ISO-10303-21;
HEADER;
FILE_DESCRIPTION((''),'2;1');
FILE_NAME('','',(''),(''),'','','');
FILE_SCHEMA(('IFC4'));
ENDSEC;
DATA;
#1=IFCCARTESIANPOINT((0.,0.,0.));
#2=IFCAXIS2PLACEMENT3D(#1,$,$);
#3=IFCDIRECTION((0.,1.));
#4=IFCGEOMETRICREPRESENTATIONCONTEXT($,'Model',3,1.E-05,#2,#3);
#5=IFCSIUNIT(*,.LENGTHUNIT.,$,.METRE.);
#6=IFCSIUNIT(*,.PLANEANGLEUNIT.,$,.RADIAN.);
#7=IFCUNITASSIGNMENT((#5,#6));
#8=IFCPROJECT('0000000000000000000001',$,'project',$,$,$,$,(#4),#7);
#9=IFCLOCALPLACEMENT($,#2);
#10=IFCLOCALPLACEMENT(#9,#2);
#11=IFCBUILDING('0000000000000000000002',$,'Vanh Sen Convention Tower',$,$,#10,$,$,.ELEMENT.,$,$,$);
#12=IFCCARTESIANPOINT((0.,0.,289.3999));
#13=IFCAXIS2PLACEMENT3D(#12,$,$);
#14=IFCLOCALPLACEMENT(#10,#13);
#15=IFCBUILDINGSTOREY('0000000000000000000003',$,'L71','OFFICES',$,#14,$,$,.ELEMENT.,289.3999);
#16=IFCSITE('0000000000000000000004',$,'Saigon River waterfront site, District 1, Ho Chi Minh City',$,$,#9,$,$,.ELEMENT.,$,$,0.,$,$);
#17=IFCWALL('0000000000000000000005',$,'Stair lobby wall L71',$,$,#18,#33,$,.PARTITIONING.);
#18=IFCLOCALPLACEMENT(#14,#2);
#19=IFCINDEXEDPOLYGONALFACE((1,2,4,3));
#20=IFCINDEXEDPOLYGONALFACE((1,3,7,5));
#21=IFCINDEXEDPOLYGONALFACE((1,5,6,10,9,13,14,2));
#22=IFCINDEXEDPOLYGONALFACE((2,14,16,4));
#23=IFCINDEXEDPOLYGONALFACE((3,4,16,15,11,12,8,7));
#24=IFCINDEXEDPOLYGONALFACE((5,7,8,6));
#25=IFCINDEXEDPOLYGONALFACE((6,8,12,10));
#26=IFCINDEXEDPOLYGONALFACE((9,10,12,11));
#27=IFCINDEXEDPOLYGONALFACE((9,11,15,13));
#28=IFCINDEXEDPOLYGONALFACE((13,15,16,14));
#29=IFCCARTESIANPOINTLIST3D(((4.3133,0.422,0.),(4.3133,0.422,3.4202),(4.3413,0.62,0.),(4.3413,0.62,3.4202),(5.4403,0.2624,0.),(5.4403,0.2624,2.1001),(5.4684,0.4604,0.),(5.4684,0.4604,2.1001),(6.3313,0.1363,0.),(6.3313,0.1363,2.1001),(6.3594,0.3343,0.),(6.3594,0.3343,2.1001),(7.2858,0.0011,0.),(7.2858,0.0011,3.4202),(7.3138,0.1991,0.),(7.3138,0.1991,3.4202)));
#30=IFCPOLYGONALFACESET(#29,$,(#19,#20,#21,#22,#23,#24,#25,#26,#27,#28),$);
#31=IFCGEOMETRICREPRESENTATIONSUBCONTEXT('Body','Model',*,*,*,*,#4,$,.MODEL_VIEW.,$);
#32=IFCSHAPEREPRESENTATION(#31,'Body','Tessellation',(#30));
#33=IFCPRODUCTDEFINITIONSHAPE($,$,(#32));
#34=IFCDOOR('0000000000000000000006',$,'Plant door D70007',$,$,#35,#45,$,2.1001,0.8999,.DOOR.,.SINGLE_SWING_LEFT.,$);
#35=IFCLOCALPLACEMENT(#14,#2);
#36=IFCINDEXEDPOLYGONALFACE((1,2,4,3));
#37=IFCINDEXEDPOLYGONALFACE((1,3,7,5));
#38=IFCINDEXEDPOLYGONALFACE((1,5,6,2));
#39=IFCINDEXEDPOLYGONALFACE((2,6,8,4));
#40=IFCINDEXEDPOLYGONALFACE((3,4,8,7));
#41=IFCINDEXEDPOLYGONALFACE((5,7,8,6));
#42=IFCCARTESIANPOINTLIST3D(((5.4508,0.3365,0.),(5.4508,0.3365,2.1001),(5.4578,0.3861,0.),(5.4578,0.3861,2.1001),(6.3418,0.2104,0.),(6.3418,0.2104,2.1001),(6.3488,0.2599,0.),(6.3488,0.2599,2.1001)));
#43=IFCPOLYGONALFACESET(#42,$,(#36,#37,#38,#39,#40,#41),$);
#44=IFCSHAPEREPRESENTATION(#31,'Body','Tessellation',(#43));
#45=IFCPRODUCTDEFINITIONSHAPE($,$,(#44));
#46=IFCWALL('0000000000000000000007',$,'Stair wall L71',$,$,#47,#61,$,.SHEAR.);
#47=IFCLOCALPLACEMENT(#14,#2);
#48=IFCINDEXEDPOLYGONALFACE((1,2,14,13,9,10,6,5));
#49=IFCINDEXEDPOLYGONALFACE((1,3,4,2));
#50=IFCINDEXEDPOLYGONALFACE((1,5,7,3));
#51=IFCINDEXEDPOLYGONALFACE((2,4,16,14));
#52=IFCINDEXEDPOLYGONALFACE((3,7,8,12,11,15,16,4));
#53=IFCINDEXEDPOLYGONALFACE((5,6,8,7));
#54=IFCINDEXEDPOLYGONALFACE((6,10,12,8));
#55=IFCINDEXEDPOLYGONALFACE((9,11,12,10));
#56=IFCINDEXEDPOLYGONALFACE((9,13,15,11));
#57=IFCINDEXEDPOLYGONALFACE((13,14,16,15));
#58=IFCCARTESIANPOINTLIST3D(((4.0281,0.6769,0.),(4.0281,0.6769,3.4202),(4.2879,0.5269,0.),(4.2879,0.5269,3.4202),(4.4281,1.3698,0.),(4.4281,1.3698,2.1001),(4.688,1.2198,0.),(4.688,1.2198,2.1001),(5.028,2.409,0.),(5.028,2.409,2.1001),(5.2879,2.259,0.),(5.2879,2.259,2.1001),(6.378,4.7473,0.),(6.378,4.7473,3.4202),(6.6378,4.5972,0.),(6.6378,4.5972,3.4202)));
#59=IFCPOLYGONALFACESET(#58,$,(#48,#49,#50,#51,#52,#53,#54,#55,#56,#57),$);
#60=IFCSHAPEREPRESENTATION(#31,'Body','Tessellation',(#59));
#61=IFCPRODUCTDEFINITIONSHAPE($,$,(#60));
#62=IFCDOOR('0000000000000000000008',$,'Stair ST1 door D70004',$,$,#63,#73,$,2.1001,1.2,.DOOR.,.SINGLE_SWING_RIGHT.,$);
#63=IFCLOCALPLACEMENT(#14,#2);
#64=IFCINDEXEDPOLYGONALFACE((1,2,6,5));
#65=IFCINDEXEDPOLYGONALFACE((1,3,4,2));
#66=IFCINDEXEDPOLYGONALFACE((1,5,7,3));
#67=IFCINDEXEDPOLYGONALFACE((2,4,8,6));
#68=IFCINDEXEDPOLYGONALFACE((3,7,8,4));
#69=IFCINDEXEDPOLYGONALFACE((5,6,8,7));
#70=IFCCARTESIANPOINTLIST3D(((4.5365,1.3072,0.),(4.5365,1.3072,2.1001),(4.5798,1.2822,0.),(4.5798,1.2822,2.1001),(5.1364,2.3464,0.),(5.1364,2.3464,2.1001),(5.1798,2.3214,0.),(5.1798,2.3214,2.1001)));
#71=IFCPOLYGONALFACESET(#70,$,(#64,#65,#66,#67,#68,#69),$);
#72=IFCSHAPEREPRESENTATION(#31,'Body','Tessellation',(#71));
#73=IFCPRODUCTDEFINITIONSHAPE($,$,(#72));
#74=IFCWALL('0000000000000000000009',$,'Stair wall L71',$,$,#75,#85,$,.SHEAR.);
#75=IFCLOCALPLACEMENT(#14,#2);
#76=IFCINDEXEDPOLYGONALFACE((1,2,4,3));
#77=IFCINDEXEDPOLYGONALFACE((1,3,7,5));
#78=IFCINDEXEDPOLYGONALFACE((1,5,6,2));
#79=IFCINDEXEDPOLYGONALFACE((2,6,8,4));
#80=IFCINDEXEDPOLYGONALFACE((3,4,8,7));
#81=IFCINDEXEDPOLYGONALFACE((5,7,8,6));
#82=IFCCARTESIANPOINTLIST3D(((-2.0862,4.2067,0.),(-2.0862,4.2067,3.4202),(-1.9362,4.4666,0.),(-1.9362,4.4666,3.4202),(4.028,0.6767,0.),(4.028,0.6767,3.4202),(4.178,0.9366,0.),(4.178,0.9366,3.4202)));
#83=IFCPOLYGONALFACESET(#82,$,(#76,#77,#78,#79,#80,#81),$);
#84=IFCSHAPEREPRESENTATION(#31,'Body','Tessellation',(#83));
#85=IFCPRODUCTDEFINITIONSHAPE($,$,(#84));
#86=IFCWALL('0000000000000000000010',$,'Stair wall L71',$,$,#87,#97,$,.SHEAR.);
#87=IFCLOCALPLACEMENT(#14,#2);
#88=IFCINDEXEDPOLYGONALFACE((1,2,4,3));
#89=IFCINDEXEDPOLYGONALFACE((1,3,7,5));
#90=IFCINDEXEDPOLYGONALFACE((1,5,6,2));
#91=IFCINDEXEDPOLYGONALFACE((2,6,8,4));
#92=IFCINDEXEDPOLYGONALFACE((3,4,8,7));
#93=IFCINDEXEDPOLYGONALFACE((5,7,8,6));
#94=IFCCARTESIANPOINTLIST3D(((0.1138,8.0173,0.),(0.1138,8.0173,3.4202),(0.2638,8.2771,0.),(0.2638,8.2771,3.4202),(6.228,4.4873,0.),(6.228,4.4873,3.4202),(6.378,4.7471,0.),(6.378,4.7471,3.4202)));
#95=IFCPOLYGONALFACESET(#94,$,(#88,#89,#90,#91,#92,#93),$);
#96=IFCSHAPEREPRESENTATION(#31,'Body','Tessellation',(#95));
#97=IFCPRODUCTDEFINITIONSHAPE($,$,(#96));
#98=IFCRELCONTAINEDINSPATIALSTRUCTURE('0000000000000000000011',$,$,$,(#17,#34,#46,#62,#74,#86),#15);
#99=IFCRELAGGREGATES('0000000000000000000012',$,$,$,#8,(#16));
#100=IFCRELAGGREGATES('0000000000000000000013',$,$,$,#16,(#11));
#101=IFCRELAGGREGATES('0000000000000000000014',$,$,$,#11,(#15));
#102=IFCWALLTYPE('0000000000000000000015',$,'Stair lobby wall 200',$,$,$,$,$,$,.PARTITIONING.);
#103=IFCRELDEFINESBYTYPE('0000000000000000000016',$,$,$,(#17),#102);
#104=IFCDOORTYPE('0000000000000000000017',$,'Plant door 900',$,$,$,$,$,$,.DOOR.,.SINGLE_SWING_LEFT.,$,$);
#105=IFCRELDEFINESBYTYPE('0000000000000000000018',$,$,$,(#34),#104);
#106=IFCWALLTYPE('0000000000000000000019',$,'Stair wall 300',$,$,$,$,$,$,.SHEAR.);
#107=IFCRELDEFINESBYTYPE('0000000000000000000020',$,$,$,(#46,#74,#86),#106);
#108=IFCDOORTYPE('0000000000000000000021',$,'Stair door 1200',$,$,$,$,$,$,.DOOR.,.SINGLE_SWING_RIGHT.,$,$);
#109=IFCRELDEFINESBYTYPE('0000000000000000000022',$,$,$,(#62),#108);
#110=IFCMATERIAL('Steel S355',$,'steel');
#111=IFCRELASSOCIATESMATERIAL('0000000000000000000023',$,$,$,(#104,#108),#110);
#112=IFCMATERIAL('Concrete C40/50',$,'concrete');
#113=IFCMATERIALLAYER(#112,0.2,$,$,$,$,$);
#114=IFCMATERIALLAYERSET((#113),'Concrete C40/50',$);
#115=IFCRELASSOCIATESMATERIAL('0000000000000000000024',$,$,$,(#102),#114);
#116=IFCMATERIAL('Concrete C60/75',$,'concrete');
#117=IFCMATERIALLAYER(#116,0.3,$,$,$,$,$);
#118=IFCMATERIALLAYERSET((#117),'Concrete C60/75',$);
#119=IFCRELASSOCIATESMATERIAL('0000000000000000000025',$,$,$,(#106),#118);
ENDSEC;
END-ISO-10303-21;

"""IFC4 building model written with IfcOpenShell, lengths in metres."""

from ifc_helpers import new_model, si_unit, direction, frame, frame_2d, origin, place, context, subcontext, project, spatial, rectangle, extrude, material, layer, layer_set, type_object, element, fill, save


model = new_model("IFC4")

# Units and contexts
model_context = context("Model", 3, precision=1e-05, world=origin(), true_north=direction((0.0, 1.0)))
body_context = subcontext(model_context, "Body", "Model", "MODEL_VIEW")
ifc_project = project(units=[si_unit("LENGTHUNIT", "METRE"), si_unit("PLANEANGLEUNIT", "RADIAN")], contexts=[model_context])

# Site, building, storey
site_placement = place(None, origin())
site = spatial("IfcSite", under=ifc_project, at=site_placement, Name="Saigon River waterfront site, District 1, Ho Chi Minh City", CompositionType="ELEMENT", RefElevation=0.0)
building_placement = place(site_placement, origin())
building = spatial("IfcBuilding", under=site, at=building_placement, Name="Vanh Sen Convention Tower", CompositionType="ELEMENT")
storey_placement = place(building_placement, frame((0.0, 0.0, 289.3999)))
storey = spatial("IfcBuildingStorey", under=building, at=storey_placement, Name="L71", Description="OFFICES", CompositionType="ELEMENT", Elevation=289.3999)

# Shared definitions
ifc_material_1 = material(Name="Concrete C40/50", Category="concrete")

# Shared definitions
ifc_material_2 = material(Name="Concrete C60/75", Category="concrete")
ifc_material_3 = material(Name="Steel S355", Category="steel")
door_type_1 = type_object("IfcDoorType", Name="Plant door 900", OperationType="SINGLE_SWING_LEFT", PredefinedType="DOOR", material=ifc_material_3)

# Walls, openings, doors
ifc_layer_1 = layer(ifc_material_1, 0.2)
ifc_layer_set_1 = layer_set([ifc_layer_1], Name="Concrete C40/50")
wall_type_1 = type_object("IfcWallType", Name="Stair lobby wall 200", PredefinedType="PARTITIONING", material=ifc_layer_set_1)
wall_1_placement = place(storey_placement, frame((4.3274, 0.521, 0.0), z_axis=(0.0, 0.0, 1.0), x_axis=(0.990124, -0.140192, 0.0)))
wall_1 = element("IfcWall", 1, at=wall_1_placement, inside=storey, type_object=wall_type_1, Name="Stair lobby wall L71", PredefinedType="PARTITIONING", context=body_context, shape_type="SweptSolid", body=[
    extrude(rectangle(XDim=3.0022, YDim=0.2, at=frame_2d((1.501, 0.0))), origin(), (0.0, 0.0, 1.0), 3.4202),
])
opening_1_placement = place(wall_1_placement, frame((1.1382, 0.0, 0.0)))
opening_1 = element("IfcOpeningElement", 2, at=opening_1_placement, cuts=wall_1, PredefinedType="OPENING", context=body_context, shape_type="SweptSolid", body=[
    extrude(rectangle(XDim=0.8999, YDim=2.1001, at=frame_2d((0.45, 1.05))), frame((0.0, 0.1099, 0.0), z_axis=(0.0, -1.0, 0.0), x_axis=(1.0, 0.0, 0.0)), (0.0, 0.0, 1.0), 0.22),
])
door_1_placement = place(opening_1_placement, origin())
door_1 = element("IfcDoor", 3, at=door_1_placement, inside=storey, type_object=door_type_1, Name="Plant door D70007", OperationType="SINGLE_SWING_LEFT", OverallHeight=2.1001, OverallWidth=0.8999, PredefinedType="DOOR", context=body_context, shape_type="SweptSolid", body=[
    extrude(rectangle(XDim=0.8999, YDim=2.1001, at=frame_2d((0.45, 1.05))), frame((0.0, 0.0249, 0.0), z_axis=(0.0, -1.0, 0.0), x_axis=(1.0, 0.0, 0.0)), (0.0, 0.0, 1.0), 0.05),
])
fill(opening_1, door_1)
ifc_layer_2 = layer(ifc_material_2, 0.3)
ifc_layer_set_2 = layer_set([ifc_layer_2], Name="Concrete C60/75")
wall_type_2 = type_object("IfcWallType", Name="Stair wall 300", PredefinedType="SHEAR", material=ifc_layer_set_2)
wall_2_placement = place(storey_placement, frame((4.158, 0.6018, 0.0), z_axis=(0.0, 0.0, 1.0), x_axis=(0.499977, 0.866039, 0.0)))
wall_2 = element("IfcWall", 4, at=wall_2_placement, inside=storey, type_object=wall_type_2, Name="Stair wall L71", PredefinedType="SHEAR", context=body_context, shape_type="SweptSolid", body=[
    extrude(rectangle(XDim=4.7, YDim=0.3, at=frame_2d((2.3501, 0.0))), origin(), (0.0, 0.0, 1.0), 3.4202),
])
opening_2_placement = place(wall_2_placement, frame((0.8, 0.0, 0.0)))
opening_2 = element("IfcOpeningElement", 5, at=opening_2_placement, cuts=wall_2, PredefinedType="OPENING", context=body_context, shape_type="SweptSolid", body=[
    extrude(rectangle(XDim=1.2, YDim=2.1001, at=frame_2d((0.6001, 1.05))), frame((0.0, 0.1599, 0.0), z_axis=(0.0, -1.0, 0.0), x_axis=(1.0, 0.0, 0.0)), (0.0, 0.0, 1.0), 0.3201),
])
door_type_2 = type_object("IfcDoorType", Name="Stair door 1200", OperationType="SINGLE_SWING_RIGHT", PredefinedType="DOOR", material=ifc_material_3)
door_2_placement = place(opening_2_placement, origin())
door_2 = element("IfcDoor", 6, at=door_2_placement, inside=storey, type_object=door_type_2, Name="Stair ST1 door D70004", OperationType="SINGLE_SWING_RIGHT", OverallHeight=2.1001, OverallWidth=1.2, PredefinedType="DOOR", context=body_context, shape_type="SweptSolid", body=[
    extrude(rectangle(XDim=1.2, YDim=2.1001, at=frame_2d((0.6001, 1.05))), frame((0.0, 0.0249, 0.0), z_axis=(0.0, -1.0, 0.0), x_axis=(1.0, 0.0, 0.0)), (0.0, 0.0, 1.0), 0.05),
])
fill(opening_2, door_2)

# Walls
for number, where, z_axis, x_axis, name in (
    (7, (4.103, 0.8066, 0.0), (0.0, 0.0, 1.0), (-0.866028, 0.499996, 0.0), "Stair wall L71"),
    (8, (6.303, 4.6172, 0.0), (0.0, 0.0, 1.0), (-0.866028, 0.499996, 0.0), "Stair wall L71"),
):
    element("IfcWall", number, at=place(storey_placement, frame(where, z_axis=z_axis, x_axis=x_axis)), inside=storey, type_object=wall_type_2, Name=name, PredefinedType="SHEAR", context=body_context, shape_type="SweptSolid", body=[
        extrude(rectangle(XDim=7.0601, YDim=0.3, at=frame_2d((3.53, 0.0))), origin(), (0.0, 0.0, 1.0), 3.4202),
    ])

save(model, "model.ifc")
